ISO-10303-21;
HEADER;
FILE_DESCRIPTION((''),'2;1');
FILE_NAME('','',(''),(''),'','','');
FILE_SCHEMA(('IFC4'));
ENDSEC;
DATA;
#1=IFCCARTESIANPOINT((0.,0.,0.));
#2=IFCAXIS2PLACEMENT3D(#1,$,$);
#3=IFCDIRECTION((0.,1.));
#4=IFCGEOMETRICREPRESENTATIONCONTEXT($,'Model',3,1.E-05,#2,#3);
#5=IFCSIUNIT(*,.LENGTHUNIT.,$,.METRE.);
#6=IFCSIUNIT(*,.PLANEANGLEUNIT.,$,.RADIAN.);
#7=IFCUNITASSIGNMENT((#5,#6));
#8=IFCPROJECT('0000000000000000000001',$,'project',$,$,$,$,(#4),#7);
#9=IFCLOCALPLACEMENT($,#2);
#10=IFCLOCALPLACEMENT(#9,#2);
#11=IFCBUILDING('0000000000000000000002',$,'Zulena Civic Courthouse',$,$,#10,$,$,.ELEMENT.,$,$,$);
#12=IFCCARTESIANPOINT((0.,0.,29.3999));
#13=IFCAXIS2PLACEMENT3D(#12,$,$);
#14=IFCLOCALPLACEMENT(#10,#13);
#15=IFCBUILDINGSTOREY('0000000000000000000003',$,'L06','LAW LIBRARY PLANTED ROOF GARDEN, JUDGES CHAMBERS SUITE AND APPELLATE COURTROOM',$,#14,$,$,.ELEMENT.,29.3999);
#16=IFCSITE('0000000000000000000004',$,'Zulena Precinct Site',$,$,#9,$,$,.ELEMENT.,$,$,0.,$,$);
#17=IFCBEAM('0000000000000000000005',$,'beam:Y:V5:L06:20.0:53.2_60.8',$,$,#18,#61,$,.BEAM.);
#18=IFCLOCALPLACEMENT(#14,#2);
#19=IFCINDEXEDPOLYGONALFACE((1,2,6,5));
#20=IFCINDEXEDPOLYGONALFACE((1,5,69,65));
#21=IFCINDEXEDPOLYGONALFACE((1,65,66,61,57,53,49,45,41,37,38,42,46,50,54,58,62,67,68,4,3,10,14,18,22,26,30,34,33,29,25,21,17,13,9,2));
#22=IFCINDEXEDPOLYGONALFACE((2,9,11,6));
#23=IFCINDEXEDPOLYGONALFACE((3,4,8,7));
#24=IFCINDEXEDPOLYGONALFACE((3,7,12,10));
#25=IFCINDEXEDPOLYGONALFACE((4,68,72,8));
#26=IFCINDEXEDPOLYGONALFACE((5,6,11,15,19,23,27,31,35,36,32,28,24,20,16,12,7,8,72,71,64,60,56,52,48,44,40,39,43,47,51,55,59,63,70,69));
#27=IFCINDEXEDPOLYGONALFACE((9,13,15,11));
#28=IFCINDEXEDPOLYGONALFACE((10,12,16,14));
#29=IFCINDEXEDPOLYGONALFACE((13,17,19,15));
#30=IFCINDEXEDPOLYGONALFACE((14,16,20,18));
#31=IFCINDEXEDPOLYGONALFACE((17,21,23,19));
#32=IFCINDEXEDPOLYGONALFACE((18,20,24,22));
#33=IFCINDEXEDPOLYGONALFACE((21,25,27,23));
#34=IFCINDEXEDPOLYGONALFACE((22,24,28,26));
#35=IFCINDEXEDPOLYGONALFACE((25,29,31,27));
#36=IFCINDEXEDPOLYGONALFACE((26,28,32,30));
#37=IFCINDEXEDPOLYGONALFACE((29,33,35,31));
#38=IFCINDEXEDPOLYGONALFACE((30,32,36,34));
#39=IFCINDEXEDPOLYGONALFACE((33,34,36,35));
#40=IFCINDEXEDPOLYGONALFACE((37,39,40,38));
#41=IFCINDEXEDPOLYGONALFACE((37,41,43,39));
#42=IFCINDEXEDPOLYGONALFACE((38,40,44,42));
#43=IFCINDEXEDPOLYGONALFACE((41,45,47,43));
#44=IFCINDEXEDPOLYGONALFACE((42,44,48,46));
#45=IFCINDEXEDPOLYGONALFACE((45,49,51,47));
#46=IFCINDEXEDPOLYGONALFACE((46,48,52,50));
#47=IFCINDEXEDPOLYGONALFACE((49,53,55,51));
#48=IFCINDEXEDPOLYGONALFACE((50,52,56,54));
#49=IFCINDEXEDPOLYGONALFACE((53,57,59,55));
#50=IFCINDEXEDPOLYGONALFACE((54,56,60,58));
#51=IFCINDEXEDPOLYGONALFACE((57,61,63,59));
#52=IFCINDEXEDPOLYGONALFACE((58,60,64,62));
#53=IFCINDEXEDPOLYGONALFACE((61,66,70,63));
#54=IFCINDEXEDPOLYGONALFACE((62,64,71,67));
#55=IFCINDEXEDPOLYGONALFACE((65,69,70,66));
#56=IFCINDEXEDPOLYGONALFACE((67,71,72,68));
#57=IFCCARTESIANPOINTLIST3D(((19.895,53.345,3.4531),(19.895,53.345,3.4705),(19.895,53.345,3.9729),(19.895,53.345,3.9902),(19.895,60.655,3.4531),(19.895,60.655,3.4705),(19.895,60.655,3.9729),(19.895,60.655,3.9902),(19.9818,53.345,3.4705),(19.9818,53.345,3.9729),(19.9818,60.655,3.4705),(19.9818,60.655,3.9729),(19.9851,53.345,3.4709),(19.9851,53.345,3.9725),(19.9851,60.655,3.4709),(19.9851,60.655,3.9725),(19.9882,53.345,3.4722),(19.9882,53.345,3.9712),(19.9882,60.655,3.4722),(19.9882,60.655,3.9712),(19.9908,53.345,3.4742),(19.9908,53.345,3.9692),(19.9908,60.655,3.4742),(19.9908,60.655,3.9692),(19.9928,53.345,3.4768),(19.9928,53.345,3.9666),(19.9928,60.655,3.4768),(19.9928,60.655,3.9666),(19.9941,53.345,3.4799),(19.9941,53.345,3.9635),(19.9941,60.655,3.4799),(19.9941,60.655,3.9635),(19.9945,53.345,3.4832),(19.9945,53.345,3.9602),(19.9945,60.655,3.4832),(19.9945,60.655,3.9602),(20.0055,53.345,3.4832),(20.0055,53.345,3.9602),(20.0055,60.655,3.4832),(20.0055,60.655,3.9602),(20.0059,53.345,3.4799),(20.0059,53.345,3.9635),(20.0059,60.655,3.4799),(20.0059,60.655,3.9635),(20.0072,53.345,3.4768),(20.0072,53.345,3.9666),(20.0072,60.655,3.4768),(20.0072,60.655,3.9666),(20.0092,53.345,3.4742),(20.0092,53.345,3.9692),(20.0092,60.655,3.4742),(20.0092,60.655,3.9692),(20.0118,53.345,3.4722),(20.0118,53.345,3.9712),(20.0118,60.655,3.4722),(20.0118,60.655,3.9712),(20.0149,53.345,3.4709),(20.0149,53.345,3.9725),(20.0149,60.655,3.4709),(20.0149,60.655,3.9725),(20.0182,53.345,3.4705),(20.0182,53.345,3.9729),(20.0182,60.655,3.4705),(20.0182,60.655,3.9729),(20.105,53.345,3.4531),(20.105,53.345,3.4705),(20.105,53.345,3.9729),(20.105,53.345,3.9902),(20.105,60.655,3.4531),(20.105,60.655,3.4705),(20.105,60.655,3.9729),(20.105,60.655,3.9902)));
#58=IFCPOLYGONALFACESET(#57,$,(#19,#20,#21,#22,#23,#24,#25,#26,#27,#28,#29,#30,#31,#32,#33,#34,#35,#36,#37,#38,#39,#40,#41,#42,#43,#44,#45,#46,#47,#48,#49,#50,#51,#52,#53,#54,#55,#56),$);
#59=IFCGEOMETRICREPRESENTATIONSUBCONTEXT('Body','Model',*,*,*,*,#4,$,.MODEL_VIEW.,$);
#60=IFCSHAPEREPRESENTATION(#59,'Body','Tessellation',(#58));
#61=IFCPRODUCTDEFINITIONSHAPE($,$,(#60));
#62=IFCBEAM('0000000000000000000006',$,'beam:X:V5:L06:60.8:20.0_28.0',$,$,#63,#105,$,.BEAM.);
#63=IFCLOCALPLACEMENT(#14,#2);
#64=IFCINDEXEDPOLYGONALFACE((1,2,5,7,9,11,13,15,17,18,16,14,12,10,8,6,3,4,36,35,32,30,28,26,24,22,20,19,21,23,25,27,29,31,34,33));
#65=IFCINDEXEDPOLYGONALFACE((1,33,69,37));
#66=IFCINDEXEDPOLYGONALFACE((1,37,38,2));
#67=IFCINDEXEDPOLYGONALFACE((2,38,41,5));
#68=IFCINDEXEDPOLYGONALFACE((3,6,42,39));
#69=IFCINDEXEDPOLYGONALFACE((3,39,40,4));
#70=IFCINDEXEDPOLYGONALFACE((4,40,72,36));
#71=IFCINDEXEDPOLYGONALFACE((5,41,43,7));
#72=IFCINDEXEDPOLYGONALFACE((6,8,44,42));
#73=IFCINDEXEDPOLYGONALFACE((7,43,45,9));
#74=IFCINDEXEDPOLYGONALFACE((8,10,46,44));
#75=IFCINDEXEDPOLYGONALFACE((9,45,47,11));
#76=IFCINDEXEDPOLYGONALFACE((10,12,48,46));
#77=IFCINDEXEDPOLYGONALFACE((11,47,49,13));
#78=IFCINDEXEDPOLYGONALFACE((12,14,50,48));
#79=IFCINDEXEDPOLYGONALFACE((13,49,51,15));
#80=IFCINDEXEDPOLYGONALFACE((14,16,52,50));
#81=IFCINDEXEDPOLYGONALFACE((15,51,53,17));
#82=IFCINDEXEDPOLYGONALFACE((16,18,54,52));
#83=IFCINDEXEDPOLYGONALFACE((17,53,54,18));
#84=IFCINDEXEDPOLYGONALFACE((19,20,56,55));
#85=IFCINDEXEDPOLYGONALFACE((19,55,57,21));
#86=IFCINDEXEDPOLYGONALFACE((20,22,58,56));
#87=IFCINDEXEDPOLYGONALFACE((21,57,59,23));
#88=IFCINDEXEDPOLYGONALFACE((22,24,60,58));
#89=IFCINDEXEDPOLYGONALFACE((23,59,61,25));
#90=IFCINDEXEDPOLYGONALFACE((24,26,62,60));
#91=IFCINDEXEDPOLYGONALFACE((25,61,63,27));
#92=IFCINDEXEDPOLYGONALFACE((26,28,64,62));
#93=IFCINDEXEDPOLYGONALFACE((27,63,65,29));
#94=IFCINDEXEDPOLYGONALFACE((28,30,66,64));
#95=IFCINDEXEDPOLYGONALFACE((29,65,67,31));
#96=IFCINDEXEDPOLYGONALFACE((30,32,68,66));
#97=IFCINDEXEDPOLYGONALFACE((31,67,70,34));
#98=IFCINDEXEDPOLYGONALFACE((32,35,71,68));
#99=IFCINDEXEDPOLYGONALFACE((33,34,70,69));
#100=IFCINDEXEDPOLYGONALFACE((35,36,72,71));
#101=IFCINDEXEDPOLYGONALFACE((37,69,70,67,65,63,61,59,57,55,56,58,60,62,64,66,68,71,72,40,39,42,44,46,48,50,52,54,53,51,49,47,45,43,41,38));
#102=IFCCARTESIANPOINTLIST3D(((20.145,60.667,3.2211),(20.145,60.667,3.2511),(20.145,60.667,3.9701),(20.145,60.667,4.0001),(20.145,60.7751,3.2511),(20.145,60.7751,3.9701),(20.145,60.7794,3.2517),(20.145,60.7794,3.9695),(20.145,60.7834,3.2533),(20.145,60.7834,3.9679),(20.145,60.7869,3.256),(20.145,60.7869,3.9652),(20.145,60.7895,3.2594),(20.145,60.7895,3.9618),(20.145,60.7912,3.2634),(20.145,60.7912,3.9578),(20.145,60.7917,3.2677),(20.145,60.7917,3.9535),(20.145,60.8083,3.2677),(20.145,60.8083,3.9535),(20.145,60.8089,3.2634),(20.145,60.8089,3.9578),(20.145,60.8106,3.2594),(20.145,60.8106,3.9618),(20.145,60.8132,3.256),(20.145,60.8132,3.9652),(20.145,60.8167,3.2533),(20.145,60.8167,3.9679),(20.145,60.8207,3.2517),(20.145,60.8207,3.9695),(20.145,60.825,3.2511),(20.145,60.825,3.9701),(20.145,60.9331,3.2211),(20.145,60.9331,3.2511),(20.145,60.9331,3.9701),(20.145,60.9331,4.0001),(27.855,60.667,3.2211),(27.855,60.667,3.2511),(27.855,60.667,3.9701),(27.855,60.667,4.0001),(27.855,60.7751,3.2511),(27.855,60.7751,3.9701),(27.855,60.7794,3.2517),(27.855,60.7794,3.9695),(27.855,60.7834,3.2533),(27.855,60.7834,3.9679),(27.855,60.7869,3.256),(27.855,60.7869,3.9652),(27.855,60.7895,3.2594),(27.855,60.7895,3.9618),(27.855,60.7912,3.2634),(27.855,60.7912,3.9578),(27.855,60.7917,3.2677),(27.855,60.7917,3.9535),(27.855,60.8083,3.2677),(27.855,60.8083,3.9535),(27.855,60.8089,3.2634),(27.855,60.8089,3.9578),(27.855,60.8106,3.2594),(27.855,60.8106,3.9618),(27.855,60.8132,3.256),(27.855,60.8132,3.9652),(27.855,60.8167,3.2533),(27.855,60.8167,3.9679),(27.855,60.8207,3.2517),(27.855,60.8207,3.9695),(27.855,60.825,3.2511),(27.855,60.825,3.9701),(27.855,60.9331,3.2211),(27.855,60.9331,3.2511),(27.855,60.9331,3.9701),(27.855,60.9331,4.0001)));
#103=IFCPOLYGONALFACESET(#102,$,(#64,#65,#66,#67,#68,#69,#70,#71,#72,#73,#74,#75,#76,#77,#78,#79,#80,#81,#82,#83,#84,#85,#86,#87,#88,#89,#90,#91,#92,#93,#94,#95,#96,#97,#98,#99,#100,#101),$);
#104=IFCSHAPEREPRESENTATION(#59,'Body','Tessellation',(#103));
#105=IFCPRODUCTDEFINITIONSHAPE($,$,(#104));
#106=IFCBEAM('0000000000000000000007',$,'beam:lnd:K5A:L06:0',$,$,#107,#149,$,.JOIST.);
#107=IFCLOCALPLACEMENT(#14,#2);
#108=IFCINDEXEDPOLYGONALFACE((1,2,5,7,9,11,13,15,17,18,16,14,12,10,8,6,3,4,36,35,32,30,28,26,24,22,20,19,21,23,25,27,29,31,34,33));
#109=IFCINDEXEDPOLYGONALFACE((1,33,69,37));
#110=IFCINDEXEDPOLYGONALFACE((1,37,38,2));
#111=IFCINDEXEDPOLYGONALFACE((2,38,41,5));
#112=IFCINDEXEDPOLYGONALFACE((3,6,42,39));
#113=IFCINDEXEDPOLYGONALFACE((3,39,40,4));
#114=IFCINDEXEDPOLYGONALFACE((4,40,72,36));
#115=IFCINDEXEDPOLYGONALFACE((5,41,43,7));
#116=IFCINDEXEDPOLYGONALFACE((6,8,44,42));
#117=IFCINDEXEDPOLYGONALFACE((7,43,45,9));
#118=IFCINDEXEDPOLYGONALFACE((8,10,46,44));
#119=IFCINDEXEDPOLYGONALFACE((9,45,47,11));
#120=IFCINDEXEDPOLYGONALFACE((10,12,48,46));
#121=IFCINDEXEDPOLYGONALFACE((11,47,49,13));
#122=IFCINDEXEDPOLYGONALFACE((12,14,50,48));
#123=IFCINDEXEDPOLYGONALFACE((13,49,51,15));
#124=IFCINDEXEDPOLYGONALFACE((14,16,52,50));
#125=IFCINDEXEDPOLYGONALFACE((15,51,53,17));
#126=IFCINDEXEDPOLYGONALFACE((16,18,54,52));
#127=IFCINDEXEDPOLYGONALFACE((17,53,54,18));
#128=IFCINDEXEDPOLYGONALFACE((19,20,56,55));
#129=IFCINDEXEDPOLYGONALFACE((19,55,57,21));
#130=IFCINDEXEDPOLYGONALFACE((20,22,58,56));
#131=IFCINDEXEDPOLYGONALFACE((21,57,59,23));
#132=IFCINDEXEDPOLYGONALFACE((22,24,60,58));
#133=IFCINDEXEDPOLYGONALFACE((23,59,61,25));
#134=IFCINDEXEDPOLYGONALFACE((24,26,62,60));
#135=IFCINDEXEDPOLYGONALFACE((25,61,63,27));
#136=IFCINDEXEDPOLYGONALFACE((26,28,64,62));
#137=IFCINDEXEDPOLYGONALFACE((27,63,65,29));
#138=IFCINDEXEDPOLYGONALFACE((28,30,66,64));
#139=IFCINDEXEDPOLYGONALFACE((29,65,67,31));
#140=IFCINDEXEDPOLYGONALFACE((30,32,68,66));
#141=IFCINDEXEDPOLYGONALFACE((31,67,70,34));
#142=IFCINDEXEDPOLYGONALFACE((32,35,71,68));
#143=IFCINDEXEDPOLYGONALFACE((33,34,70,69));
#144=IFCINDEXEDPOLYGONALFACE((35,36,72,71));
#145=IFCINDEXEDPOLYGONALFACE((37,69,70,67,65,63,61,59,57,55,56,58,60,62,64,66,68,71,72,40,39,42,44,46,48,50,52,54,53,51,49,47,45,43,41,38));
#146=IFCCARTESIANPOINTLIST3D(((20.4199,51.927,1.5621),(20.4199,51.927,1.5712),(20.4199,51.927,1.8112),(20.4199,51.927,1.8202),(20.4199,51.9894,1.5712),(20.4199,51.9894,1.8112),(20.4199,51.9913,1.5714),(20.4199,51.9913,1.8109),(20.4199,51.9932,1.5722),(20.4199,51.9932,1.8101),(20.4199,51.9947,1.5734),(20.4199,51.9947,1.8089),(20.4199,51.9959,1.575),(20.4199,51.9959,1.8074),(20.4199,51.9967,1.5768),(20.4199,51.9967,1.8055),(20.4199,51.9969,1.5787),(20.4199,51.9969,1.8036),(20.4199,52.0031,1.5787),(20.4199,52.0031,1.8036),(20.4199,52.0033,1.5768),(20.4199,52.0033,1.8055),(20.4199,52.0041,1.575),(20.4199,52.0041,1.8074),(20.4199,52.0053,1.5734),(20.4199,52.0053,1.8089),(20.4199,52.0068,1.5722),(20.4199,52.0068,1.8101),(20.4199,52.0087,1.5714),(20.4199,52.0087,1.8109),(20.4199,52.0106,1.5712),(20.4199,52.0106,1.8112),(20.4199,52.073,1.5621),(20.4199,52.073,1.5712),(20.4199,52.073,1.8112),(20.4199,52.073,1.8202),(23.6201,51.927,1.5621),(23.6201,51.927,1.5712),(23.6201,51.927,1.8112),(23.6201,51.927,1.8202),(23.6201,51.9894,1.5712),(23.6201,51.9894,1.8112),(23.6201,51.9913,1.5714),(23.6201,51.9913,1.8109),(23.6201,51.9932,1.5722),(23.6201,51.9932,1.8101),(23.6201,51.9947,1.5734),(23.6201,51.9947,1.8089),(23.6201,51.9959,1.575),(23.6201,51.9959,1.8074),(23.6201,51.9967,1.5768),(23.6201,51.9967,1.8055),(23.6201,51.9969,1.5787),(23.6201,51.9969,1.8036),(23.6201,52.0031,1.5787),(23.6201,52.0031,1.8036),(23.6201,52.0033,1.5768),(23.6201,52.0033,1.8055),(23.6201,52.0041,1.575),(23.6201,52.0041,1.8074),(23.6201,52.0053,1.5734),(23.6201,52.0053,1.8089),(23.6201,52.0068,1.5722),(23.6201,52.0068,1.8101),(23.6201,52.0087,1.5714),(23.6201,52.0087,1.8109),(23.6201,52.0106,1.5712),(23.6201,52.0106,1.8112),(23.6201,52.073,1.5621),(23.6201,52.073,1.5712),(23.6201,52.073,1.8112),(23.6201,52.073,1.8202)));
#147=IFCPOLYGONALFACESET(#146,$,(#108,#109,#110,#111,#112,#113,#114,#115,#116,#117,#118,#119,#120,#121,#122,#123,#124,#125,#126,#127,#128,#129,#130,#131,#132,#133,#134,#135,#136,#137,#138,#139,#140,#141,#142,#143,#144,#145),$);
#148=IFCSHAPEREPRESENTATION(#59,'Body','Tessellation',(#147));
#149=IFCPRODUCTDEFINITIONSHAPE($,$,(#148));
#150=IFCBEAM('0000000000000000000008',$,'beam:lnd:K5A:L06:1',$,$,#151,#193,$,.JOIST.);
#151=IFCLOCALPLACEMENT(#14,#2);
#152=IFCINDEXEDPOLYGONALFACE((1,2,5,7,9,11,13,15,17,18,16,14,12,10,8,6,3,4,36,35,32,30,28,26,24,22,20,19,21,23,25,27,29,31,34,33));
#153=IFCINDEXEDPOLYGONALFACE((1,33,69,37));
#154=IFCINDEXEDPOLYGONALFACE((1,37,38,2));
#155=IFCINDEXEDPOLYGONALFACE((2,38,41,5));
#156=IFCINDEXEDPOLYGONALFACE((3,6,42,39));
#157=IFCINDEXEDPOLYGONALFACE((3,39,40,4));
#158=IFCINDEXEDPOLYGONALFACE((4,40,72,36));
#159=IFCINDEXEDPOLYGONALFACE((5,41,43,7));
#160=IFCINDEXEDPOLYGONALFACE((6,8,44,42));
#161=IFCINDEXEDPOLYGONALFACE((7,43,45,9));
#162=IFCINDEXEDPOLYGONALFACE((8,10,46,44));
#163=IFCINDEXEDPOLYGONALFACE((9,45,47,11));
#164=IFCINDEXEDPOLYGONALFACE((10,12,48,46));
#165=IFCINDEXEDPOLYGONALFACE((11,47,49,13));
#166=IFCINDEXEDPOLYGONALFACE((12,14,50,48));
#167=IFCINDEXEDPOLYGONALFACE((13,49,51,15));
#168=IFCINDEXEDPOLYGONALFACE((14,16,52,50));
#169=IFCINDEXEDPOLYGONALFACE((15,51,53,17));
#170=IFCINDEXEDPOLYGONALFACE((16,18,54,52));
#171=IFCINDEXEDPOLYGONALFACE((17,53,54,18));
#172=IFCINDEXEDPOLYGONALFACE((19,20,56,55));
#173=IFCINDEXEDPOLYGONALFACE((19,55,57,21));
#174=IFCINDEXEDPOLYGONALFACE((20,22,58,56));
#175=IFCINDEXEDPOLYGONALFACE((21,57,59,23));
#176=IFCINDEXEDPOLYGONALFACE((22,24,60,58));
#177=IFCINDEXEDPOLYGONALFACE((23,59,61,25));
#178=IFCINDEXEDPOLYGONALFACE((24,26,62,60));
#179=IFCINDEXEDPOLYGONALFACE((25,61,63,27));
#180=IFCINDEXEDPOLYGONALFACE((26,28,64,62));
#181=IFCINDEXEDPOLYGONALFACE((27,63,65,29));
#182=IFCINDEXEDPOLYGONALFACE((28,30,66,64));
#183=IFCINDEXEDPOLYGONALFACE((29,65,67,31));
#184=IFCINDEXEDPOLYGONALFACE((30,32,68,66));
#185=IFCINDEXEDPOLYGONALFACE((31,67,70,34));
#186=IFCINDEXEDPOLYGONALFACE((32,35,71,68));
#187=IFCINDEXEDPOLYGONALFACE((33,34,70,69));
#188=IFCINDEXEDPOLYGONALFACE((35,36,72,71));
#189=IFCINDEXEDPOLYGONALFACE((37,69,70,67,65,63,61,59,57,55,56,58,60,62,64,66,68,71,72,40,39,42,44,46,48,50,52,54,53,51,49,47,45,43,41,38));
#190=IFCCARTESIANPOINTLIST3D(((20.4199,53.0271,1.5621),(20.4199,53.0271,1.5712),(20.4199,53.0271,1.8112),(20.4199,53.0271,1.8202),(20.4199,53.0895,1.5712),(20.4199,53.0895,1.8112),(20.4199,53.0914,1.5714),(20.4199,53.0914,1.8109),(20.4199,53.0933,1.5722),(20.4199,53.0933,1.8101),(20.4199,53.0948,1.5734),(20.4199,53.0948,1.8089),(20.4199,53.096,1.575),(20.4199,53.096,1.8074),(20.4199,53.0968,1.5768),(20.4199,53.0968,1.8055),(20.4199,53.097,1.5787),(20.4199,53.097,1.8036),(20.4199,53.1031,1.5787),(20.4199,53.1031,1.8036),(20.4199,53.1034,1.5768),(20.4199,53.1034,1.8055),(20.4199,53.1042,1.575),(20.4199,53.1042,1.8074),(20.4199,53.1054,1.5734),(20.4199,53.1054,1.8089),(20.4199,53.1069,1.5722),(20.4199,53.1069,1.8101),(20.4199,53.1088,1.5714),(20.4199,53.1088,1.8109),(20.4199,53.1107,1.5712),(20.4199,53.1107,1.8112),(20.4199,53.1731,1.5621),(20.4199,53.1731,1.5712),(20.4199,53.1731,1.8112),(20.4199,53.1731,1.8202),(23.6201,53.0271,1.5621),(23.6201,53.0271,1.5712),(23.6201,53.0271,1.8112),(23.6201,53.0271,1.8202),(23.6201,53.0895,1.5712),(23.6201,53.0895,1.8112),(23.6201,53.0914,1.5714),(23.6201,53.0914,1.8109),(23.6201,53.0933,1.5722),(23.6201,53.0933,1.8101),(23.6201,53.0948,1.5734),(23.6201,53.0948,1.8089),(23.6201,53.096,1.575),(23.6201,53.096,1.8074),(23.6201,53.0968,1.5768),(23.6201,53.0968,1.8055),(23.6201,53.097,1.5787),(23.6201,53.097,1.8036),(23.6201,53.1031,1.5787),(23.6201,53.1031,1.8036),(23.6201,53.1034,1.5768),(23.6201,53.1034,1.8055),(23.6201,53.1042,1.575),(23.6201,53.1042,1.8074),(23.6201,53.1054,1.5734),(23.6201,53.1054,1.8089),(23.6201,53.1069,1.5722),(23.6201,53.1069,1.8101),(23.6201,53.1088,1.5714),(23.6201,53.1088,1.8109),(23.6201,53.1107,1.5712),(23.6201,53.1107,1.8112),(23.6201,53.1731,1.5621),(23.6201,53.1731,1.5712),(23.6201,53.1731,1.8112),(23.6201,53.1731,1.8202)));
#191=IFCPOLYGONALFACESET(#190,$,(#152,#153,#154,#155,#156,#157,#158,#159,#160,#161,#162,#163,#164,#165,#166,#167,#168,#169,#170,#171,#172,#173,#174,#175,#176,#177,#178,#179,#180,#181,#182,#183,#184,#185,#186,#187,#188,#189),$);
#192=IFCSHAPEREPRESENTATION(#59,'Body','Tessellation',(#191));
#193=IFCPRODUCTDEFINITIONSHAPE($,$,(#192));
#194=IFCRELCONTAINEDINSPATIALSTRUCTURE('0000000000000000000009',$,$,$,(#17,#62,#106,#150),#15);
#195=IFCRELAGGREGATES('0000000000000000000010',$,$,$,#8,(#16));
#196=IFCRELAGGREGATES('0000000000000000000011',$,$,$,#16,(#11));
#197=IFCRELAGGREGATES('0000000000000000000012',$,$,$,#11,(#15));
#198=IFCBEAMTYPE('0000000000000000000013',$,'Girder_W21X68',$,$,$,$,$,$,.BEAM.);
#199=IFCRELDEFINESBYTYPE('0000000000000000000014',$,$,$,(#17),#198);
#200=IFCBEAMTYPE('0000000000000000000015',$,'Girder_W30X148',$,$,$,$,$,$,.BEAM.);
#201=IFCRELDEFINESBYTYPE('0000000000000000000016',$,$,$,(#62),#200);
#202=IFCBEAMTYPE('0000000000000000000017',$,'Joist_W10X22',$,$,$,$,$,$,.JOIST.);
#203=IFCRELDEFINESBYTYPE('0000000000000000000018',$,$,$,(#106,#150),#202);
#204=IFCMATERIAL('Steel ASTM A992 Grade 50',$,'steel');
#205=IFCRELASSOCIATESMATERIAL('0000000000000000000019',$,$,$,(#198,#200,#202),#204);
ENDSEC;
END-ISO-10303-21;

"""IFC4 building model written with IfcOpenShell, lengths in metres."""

from ifc_helpers import new_model, si_unit, direction, frame, origin, origin_2d, place, context, subcontext, project, spatial, i_section, extrude, material, material_profile, profile_set, type_object, element, save


model = new_model("IFC4")

# Units and contexts
model_context = context("Model", 3, precision=1e-05, world=origin(), true_north=direction((0.0, 1.0)))
body_context = subcontext(model_context, "Body", "Model", "MODEL_VIEW")
ifc_project = project(units=[si_unit("LENGTHUNIT", "METRE"), si_unit("PLANEANGLEUNIT", "RADIAN")], contexts=[model_context])

# Site, building, storey
site_placement = place(None, origin())
site = spatial("IfcSite", under=ifc_project, at=site_placement, Name="Zulena Precinct Site", CompositionType="ELEMENT", RefElevation=0.0)
building_placement = place(site_placement, origin())
building = spatial("IfcBuilding", under=site, at=building_placement, Name="Zulena Civic Courthouse", CompositionType="ELEMENT")
storey_placement = place(building_placement, frame((0.0, 0.0, 29.3999)))
storey = spatial("IfcBuildingStorey", under=building, at=storey_placement, Name="L06", Description="LAW LIBRARY PLANTED ROOF GARDEN, JUDGES CHAMBERS SUITE AND APPELLATE COURTROOM", CompositionType="ELEMENT", Elevation=29.3999)

# Shared definitions
ifc_material_1 = material(Name="Steel ASTM A992 Grade 50", Category="steel")

# Beams
ifc_material_profile_1 = material_profile(ifc_material_1, i_section(OverallWidth=0.21, OverallDepth=0.5371, WebThickness=0.011, FlangeThickness=0.0173, FilletRadius=0.0127, at=origin_2d()), Name="W21X68")
ifc_profile_set_1 = profile_set([ifc_material_profile_1], Name="Steel ASTM A992 Grade 50")
beam_type_1 = type_object("IfcBeamType", Name="Girder_W21X68", PredefinedType="BEAM", material=ifc_profile_set_1)
beam_1_placement = place(storey_placement, frame((20.0, 53.345, 3.7217), z_axis=(0.0, 1.0, 0.0), x_axis=(-1.0, 0.0, 0.0)))
element("IfcBeam", 1, at=beam_1_placement, inside=storey, type_object=beam_type_1, Name="beam:Y:V5:L06:20.0:53.2_60.8", PredefinedType="BEAM", context=body_context, shape_type="SweptSolid", body=[
    extrude(i_section(OverallWidth=0.21, OverallDepth=0.5371, WebThickness=0.011, FlangeThickness=0.0173, FilletRadius=0.0127, at=origin_2d()), origin(), (0.0, 0.0, 1.0), 7.3101),
])
ifc_material_profile_2 = material_profile(ifc_material_1, i_section(OverallWidth=0.2661, OverallDepth=0.7791, WebThickness=0.0166, FlangeThickness=0.03, FilletRadius=0.0166, at=origin_2d()), Name="W30X148")
ifc_profile_set_2 = profile_set([ifc_material_profile_2], Name="Steel ASTM A992 Grade 50")
beam_type_2 = type_object("IfcBeamType", Name="Girder_W30X148", PredefinedType="BEAM", material=ifc_profile_set_2)
beam_2_placement = place(storey_placement, frame((20.145, 60.8, 3.6106), z_axis=(1.0, 0.0, 0.0), x_axis=(0.0, 1.0, 0.0)))
element("IfcBeam", 2, at=beam_2_placement, inside=storey, type_object=beam_type_2, Name="beam:X:V5:L06:60.8:20.0_28.0", PredefinedType="BEAM", context=body_context, shape_type="SweptSolid", body=[
    extrude(i_section(OverallWidth=0.2661, OverallDepth=0.7791, WebThickness=0.0166, FlangeThickness=0.03, FilletRadius=0.0166, at=origin_2d()), origin(), (0.0, 0.0, 1.0), 7.71),
])
ifc_material_profile_3 = material_profile(ifc_material_1, i_section(OverallWidth=0.146, OverallDepth=0.2581, WebThickness=0.0061, FlangeThickness=0.009, FilletRadius=0.0076, at=origin_2d()), Name="W10X22")
ifc_profile_set_3 = profile_set([ifc_material_profile_3], Name="Steel ASTM A992 Grade 50")
beam_type_3 = type_object("IfcBeamType", Name="Joist_W10X22", PredefinedType="JOIST", material=ifc_profile_set_3)
for number, where, z_axis, x_axis, name in (
    (3, (20.4199, 52.0, 1.6912), (1.0, 0.0, 0.0), (0.0, 1.0, 0.0), "beam:lnd:K5A:L06:0"),
    (4, (20.4199, 53.1001, 1.6912), (1.0, 0.0, 0.0), (0.0, 1.0, 0.0), "beam:lnd:K5A:L06:1"),
):
    element("IfcBeam", number, at=place(storey_placement, frame(where, z_axis=z_axis, x_axis=x_axis)), inside=storey, type_object=beam_type_3, Name=name, PredefinedType="JOIST", context=body_context, shape_type="SweptSolid", body=[
        extrude(i_section(OverallWidth=0.146, OverallDepth=0.2581, WebThickness=0.0061, FlangeThickness=0.009, FilletRadius=0.0076, at=origin_2d()), origin(), (0.0, 0.0, 1.0), 3.2002),
    ])

save(model, "model.ifc")
